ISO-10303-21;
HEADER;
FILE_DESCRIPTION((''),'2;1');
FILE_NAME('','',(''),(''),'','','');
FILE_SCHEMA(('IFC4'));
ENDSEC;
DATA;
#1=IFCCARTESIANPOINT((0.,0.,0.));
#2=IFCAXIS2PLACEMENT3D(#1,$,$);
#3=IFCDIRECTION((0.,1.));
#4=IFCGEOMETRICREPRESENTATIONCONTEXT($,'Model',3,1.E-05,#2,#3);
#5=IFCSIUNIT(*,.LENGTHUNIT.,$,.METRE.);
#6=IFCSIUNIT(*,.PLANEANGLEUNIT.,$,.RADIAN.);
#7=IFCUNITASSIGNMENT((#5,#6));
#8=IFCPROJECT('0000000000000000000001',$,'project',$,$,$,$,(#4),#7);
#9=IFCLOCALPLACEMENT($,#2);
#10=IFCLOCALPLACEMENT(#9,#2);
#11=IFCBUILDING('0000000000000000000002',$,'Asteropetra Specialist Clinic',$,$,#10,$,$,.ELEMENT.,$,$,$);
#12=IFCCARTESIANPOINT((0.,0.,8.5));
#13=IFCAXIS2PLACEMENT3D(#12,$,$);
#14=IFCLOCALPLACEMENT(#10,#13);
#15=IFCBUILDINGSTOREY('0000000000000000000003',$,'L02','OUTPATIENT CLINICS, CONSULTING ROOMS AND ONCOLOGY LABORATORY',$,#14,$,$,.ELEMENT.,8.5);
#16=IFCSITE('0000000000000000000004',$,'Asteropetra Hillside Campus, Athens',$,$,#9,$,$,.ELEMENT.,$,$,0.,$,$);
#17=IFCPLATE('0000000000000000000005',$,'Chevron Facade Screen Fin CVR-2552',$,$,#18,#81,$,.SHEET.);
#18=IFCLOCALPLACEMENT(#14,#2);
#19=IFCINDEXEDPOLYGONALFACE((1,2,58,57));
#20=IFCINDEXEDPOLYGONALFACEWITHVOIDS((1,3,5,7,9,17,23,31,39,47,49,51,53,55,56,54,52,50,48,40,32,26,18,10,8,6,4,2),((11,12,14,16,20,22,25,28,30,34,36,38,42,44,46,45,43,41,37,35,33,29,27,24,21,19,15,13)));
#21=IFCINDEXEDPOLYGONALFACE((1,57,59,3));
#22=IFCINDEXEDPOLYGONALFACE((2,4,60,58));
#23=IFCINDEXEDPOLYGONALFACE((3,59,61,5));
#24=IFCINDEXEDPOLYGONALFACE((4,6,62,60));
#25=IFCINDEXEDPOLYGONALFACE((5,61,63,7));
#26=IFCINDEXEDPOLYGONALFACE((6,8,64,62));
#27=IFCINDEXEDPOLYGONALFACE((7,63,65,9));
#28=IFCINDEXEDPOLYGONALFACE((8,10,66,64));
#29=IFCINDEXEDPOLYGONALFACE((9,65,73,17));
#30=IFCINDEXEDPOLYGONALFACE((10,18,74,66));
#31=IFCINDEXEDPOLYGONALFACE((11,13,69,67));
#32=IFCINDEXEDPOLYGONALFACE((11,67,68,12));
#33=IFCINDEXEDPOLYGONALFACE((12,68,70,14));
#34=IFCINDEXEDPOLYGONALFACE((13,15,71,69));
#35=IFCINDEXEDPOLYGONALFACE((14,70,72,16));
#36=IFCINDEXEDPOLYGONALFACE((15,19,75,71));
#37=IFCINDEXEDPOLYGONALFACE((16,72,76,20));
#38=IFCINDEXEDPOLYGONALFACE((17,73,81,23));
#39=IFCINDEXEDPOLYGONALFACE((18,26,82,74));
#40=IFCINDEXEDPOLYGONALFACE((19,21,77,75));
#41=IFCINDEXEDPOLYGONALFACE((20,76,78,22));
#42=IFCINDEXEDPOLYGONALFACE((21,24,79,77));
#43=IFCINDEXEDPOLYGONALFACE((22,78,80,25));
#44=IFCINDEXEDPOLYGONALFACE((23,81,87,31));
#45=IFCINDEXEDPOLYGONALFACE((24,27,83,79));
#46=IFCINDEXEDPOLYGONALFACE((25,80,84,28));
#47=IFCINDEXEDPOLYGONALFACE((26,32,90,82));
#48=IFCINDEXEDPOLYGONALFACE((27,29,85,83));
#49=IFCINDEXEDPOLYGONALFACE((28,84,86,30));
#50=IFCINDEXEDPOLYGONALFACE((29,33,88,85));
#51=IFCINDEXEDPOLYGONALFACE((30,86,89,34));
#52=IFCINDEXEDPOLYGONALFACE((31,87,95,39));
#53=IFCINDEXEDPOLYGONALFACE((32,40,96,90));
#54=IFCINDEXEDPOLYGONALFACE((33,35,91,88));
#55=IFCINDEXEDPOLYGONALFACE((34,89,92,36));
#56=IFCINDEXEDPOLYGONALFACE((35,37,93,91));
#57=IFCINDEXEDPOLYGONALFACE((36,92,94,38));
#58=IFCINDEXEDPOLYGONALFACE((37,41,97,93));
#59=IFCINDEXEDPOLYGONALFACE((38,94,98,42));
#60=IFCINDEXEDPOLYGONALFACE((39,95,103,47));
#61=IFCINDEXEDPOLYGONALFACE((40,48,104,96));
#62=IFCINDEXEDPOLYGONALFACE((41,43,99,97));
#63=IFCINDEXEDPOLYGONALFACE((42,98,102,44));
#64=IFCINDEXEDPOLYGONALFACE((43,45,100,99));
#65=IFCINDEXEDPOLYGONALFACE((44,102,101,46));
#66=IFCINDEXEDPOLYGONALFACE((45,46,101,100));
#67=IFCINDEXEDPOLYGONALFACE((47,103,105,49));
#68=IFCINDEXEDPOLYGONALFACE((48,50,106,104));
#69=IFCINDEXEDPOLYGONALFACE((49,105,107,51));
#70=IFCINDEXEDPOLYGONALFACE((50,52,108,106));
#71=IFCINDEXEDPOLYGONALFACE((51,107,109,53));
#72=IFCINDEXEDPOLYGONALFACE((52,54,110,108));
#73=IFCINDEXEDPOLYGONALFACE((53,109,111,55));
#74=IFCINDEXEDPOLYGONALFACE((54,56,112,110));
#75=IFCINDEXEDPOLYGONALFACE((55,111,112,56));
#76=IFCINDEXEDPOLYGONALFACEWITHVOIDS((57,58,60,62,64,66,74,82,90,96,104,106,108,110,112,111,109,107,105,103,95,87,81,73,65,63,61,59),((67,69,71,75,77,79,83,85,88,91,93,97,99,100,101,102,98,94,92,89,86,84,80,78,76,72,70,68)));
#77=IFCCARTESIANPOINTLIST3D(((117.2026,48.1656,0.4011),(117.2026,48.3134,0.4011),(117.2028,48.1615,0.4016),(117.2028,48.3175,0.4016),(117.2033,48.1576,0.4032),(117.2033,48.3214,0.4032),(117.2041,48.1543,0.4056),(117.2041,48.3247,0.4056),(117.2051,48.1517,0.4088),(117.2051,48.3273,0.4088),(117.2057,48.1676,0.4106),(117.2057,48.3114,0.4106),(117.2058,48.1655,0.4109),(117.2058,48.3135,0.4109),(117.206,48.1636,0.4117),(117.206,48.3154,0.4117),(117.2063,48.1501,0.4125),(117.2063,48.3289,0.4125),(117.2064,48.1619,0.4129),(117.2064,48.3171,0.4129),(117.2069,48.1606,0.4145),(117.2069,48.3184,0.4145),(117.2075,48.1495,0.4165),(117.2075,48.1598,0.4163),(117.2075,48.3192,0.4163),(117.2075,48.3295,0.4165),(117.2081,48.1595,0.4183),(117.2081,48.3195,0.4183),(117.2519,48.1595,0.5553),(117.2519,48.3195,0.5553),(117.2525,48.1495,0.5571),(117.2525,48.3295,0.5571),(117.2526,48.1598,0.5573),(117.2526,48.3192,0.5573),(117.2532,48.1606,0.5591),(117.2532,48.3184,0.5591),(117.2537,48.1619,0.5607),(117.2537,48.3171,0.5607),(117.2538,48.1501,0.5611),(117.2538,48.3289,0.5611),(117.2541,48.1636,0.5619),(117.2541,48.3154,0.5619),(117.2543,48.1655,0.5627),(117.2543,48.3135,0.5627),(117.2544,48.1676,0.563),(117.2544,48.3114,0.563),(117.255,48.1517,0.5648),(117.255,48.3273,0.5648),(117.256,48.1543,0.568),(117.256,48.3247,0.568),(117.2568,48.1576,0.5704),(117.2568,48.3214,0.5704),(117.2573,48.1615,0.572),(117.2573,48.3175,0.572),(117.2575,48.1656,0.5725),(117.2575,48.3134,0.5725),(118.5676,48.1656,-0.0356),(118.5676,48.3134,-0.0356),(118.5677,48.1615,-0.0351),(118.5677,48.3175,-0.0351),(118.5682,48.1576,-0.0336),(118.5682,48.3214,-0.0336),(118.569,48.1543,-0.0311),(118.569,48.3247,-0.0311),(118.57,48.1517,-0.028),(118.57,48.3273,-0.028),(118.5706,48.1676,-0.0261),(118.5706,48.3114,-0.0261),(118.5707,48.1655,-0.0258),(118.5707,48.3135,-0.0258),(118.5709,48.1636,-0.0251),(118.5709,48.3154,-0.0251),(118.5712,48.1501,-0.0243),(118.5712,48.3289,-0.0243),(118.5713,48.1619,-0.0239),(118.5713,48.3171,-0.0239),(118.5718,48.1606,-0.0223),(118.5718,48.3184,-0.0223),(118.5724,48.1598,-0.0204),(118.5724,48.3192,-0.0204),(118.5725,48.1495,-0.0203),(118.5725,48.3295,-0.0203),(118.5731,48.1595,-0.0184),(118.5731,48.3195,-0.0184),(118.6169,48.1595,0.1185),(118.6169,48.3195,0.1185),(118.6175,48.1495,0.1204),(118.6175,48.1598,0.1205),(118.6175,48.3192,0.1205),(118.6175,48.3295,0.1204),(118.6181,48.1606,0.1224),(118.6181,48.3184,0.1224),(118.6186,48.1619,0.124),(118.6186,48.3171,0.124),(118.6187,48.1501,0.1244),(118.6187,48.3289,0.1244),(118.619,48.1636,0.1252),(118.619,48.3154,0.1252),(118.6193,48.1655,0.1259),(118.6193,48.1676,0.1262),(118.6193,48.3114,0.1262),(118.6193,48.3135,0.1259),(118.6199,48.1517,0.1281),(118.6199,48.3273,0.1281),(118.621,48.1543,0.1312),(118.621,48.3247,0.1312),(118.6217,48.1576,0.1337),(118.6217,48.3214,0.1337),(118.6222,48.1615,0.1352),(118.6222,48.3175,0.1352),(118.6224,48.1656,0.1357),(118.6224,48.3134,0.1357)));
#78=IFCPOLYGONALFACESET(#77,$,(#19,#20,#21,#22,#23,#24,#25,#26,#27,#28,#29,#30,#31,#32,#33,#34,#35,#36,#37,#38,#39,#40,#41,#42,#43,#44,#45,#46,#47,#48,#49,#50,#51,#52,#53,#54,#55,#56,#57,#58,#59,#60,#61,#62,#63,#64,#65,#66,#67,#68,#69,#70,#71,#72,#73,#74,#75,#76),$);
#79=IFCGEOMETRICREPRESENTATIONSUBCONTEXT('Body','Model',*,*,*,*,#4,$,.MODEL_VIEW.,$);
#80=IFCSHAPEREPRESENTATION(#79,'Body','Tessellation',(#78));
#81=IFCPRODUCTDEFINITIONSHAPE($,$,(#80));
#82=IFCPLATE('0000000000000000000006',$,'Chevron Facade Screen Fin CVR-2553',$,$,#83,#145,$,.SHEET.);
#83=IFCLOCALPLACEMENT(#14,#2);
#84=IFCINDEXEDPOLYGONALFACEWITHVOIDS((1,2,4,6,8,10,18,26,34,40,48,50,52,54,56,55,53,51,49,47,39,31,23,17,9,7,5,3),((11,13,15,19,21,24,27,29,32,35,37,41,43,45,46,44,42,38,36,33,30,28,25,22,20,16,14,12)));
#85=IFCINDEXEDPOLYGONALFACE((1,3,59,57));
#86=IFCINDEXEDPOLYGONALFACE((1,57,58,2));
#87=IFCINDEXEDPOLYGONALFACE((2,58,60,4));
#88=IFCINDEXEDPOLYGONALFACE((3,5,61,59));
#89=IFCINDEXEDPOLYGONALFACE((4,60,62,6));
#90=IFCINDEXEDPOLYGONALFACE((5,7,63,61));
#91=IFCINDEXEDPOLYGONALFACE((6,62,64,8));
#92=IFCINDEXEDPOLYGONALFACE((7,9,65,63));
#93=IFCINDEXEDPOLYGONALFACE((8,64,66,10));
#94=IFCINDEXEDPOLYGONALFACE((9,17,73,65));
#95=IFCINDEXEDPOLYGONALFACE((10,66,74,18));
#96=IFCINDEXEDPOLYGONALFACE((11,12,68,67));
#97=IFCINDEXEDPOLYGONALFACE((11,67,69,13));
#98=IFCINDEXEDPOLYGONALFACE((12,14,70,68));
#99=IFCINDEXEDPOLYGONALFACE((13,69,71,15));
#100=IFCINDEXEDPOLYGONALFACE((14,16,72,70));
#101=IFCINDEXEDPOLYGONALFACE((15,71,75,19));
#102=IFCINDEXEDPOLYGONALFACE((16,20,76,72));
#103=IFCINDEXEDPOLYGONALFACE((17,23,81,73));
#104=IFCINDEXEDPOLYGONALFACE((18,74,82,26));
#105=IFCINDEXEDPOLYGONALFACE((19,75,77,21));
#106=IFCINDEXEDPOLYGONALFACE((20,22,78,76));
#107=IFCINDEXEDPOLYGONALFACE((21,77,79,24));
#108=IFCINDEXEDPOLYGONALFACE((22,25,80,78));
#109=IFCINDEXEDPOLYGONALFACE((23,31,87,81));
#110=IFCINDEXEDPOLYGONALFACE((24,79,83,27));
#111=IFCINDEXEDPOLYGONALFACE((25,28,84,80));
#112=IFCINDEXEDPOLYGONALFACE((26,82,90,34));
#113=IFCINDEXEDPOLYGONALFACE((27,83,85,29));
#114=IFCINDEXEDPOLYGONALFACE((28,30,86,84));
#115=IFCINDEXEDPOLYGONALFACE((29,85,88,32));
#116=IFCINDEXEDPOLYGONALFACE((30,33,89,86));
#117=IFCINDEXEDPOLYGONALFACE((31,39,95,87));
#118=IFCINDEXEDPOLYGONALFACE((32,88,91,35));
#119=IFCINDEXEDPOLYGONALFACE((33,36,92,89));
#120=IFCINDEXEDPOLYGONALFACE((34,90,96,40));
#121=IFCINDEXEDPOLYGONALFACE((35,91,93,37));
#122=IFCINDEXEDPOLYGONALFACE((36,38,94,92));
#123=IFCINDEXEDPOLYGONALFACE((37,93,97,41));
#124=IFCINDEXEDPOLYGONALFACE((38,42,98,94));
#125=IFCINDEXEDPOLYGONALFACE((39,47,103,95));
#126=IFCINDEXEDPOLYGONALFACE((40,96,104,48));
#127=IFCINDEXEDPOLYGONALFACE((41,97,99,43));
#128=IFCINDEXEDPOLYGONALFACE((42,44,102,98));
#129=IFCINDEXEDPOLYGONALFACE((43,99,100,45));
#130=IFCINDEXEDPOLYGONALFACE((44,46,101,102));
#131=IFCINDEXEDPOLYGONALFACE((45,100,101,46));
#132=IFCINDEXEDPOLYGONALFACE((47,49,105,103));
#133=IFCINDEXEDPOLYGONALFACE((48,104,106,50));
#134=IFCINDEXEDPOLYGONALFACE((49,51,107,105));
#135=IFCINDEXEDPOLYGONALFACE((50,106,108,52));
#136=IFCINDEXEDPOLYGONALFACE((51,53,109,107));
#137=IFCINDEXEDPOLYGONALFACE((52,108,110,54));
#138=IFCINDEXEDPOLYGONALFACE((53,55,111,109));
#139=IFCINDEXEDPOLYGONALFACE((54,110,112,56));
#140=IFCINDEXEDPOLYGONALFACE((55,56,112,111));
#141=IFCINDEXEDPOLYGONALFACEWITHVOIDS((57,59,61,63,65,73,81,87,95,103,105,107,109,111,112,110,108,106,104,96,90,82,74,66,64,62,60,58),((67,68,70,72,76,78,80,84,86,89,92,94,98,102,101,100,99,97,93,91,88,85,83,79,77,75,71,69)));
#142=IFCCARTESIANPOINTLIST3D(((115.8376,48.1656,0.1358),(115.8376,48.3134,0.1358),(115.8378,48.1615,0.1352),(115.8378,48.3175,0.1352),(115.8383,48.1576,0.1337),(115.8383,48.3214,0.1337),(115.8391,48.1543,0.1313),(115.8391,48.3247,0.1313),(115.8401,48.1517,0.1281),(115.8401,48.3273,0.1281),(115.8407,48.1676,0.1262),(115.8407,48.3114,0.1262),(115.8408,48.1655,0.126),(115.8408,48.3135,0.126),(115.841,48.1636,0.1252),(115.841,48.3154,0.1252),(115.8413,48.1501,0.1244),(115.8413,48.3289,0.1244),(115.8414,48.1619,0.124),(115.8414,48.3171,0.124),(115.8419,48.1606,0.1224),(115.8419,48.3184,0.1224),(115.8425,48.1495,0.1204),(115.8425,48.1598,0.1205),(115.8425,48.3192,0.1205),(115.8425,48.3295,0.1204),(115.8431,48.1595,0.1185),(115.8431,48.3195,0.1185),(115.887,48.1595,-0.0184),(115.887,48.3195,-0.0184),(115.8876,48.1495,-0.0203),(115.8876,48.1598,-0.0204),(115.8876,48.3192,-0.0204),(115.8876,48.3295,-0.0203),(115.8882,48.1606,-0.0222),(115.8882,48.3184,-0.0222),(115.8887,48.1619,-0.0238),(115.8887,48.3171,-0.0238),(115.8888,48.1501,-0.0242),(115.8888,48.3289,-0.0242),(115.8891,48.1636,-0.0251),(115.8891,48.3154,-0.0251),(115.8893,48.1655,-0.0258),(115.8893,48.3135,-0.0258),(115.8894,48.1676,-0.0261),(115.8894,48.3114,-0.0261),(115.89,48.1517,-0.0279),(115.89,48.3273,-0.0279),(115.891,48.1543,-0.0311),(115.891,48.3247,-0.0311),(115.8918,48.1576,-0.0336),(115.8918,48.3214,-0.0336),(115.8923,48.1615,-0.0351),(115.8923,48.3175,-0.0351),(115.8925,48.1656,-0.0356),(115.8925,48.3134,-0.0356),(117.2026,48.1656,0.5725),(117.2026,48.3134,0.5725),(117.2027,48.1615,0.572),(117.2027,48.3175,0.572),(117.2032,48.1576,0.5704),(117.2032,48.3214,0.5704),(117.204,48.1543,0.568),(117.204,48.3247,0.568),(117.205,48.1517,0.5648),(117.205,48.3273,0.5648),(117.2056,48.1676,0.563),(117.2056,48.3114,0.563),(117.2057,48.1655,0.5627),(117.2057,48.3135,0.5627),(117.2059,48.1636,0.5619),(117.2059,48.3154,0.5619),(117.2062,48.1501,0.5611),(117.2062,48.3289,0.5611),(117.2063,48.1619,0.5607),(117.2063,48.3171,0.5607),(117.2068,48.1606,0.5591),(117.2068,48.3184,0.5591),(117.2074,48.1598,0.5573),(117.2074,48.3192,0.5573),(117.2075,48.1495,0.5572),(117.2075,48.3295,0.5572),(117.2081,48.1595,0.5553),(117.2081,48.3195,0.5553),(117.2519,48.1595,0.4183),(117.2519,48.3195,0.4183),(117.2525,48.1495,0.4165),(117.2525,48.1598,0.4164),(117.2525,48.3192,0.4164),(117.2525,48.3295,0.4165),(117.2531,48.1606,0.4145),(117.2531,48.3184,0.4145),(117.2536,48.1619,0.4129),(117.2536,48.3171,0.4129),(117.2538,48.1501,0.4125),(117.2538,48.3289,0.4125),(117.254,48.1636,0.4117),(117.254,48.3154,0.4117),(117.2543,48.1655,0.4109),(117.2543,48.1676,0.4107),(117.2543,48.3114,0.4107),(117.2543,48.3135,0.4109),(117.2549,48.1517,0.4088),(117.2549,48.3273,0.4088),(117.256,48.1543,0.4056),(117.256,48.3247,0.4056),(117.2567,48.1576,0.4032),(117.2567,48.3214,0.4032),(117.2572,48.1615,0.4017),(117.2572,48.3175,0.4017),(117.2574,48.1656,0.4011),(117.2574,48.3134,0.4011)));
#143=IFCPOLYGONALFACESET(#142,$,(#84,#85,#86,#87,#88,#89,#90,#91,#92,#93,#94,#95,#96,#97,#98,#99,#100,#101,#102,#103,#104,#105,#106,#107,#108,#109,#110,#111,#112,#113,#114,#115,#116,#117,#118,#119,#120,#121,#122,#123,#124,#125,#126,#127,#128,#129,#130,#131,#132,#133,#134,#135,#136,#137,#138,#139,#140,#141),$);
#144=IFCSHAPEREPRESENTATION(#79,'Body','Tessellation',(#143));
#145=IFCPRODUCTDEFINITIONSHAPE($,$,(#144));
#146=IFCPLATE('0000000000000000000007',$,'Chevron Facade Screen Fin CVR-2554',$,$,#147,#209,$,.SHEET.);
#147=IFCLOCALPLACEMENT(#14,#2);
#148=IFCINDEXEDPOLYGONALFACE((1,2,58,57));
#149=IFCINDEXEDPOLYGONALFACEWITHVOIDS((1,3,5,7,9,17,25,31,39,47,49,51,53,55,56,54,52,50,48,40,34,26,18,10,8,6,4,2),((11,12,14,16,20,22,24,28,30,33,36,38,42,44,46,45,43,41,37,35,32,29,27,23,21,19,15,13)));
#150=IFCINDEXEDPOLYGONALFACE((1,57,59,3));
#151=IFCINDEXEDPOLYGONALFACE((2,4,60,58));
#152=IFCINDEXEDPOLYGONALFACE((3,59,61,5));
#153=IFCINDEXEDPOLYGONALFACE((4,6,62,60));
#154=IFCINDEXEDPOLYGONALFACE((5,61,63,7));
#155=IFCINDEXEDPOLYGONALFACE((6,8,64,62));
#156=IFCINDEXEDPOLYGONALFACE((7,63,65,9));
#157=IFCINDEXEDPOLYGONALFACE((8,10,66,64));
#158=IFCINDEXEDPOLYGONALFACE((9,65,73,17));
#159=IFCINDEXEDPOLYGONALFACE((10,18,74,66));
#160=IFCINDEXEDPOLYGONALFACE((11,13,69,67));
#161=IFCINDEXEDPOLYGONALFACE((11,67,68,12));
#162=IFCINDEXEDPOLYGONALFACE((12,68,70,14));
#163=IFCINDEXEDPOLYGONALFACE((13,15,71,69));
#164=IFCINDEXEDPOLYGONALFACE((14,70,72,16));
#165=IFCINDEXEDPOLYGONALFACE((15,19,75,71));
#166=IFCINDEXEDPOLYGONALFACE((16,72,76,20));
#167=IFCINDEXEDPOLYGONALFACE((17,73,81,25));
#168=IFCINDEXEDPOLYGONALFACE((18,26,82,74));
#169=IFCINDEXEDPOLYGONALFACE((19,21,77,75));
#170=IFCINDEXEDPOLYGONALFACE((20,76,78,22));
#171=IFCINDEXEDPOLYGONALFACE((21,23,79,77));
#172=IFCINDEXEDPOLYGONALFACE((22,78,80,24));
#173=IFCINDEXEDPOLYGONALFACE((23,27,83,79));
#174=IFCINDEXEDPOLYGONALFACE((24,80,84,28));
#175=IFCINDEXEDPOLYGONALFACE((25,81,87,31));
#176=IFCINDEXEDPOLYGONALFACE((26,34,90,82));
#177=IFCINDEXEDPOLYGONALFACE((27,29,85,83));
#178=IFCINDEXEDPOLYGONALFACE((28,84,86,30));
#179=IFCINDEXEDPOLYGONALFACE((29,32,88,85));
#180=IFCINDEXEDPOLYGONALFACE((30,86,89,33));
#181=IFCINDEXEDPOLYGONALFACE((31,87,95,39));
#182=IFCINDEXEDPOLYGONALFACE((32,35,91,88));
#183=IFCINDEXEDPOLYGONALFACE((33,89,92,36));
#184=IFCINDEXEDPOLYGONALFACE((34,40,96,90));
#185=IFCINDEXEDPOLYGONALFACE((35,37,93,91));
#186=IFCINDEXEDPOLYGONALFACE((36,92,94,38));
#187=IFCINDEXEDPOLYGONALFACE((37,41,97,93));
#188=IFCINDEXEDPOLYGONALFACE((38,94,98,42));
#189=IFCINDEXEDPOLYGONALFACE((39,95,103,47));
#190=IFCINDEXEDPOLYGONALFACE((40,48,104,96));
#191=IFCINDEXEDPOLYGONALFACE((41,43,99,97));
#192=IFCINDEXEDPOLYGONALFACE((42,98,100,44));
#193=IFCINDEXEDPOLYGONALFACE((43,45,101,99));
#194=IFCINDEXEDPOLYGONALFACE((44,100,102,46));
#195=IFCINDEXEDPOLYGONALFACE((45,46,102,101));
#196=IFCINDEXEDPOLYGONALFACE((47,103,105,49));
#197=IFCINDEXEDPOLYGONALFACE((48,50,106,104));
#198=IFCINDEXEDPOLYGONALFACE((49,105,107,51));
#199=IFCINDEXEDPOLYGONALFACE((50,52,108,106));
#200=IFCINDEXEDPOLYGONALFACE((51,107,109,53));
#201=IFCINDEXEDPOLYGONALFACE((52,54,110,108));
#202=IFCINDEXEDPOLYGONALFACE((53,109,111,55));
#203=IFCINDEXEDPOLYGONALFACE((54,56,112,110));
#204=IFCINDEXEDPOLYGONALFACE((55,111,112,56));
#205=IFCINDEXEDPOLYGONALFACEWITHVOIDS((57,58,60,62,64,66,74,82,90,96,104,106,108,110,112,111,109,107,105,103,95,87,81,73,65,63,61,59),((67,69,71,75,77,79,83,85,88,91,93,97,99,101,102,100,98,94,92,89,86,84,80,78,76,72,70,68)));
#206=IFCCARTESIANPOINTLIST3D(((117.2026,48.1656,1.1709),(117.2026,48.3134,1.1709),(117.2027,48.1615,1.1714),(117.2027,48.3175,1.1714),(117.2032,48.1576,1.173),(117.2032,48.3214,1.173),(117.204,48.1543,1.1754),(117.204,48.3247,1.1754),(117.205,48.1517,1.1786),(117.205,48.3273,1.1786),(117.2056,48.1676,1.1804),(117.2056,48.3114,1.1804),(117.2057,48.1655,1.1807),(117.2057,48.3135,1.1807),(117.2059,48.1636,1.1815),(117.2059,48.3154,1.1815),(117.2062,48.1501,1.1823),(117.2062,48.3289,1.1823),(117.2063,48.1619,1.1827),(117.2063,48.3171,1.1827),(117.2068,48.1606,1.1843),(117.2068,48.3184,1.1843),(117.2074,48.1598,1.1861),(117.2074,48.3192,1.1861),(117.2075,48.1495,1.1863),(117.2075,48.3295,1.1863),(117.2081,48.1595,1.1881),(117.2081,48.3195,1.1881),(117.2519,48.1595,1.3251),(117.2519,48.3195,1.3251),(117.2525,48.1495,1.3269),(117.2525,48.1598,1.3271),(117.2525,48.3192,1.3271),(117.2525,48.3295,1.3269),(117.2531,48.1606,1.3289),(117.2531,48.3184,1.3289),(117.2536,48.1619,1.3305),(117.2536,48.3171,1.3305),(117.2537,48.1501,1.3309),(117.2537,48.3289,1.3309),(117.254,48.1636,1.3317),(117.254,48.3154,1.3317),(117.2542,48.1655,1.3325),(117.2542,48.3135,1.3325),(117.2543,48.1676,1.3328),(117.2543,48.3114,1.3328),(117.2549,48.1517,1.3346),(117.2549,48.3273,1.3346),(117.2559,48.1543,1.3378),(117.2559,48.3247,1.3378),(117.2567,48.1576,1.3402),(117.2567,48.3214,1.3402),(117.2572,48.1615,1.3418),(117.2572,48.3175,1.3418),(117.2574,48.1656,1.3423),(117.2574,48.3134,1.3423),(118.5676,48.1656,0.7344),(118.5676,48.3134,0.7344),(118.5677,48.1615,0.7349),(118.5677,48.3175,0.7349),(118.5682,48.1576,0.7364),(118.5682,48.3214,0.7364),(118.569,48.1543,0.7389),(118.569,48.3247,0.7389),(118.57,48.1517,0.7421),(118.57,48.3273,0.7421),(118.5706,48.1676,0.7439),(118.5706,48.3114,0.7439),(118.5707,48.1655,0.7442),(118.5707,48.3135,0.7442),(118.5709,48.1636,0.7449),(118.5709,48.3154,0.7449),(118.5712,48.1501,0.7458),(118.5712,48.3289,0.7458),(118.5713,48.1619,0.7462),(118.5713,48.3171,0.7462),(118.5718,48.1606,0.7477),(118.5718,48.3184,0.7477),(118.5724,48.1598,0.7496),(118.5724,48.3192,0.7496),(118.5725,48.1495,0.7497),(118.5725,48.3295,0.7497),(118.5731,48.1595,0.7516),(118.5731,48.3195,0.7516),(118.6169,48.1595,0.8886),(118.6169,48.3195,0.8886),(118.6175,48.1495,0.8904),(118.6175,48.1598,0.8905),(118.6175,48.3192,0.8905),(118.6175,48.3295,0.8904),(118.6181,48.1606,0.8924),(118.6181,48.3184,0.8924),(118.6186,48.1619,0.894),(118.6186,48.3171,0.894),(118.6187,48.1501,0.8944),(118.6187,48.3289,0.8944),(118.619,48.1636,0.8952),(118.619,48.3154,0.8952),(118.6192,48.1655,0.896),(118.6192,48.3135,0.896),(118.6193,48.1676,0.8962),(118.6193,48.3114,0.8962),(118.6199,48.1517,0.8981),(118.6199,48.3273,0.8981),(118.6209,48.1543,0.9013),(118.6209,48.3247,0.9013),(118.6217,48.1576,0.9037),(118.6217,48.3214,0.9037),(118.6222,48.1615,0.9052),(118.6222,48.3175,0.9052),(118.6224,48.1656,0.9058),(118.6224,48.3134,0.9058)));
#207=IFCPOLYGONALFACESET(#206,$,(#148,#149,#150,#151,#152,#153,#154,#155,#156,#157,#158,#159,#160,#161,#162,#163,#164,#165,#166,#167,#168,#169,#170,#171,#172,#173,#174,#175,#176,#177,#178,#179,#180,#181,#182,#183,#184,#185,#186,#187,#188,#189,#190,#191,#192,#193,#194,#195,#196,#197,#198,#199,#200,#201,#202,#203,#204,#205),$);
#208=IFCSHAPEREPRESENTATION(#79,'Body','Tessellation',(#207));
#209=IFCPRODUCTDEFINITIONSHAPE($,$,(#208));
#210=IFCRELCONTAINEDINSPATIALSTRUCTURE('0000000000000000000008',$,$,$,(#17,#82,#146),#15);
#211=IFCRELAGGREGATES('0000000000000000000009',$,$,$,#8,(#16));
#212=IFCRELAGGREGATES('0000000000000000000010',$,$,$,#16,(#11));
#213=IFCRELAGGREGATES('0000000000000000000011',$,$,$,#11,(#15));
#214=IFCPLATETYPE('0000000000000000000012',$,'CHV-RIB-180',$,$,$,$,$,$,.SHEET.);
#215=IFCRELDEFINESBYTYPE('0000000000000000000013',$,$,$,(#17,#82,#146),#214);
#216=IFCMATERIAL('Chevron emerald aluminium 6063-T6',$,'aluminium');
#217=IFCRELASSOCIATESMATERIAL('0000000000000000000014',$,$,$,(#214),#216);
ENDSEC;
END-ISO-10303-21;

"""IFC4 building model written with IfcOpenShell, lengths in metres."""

from ifc_helpers import new_model, si_unit, direction, frame, origin, origin_2d, place, context, subcontext, project, spatial, hollow_rectangle, extrude, material, material_profile, profile_set, type_object, element, save


model = new_model("IFC4")

# Units and contexts
model_context = context("Model", 3, precision=1e-05, world=origin(), true_north=direction((0.0, 1.0)))
body_context = subcontext(model_context, "Body", "Model", "MODEL_VIEW")
ifc_project = project(units=[si_unit("LENGTHUNIT", "METRE"), si_unit("PLANEANGLEUNIT", "RADIAN")], contexts=[model_context])

# Site, building, storey
site_placement = place(None, origin())
site = spatial("IfcSite", under=ifc_project, at=site_placement, Name="Asteropetra Hillside Campus, Athens", CompositionType="ELEMENT", RefElevation=0.0)
building_placement = place(site_placement, origin())
building = spatial("IfcBuilding", under=site, at=building_placement, Name="Asteropetra Specialist Clinic", CompositionType="ELEMENT")
storey_placement = place(building_placement, frame((0.0, 0.0, 8.5)))
storey = spatial("IfcBuildingStorey", under=building, at=storey_placement, Name="L02", Description="OUTPATIENT CLINICS, CONSULTING ROOMS AND ONCOLOGY LABORATORY", CompositionType="ELEMENT", Elevation=8.5)

# Plates
ifc_material_1 = material(Name="Chevron emerald aluminium 6063-T6", Category="aluminium")
ifc_material_profile_1 = material_profile(ifc_material_1, hollow_rectangle(XDim=0.1799, YDim=0.1799, WallThickness=0.01, InnerFilletRadius=0.0081, OuterFilletRadius=0.0161, at=origin_2d()), Name="SHS 180x180x10.0")
ifc_profile_set_1 = profile_set([ifc_material_profile_1], Name="Chevron emerald aluminium 6063-T6")
plate_type = type_object("IfcPlateType", Name="CHV-RIB-180", PredefinedType="SHEET", material=ifc_profile_set_1)
for number, where, z_axis, x_axis, name in (
    (1, (118.595, 48.2395, 0.05), (-0.95243, 0.0, 0.304757), (0.0, -1.0, 0.0), "Chevron Facade Screen Fin CVR-2552"),
    (2, (117.23, 48.2395, 0.4868), (-0.95243, 0.0, -0.304757), (0.0, -1.0, 0.0), "Chevron Facade Screen Fin CVR-2553"),
    (3, (118.595, 48.2395, 0.8201), (-0.95248, 0.0, 0.304603), (0.0, -1.0, 0.0), "Chevron Facade Screen Fin CVR-2554"),
):
    element("IfcPlate", number, at=place(storey_placement, frame(where, z_axis=z_axis, x_axis=x_axis)), inside=storey, type_object=plate_type, Name=name, PredefinedType="SHEET", context=body_context, shape_type="SweptSolid", body=[
        extrude(hollow_rectangle(XDim=0.1799, YDim=0.1799, WallThickness=0.01, InnerFilletRadius=0.0081, OuterFilletRadius=0.0161, at=origin_2d()), origin(), (0.0, 0.0, 1.0), 1.4331),
    ])

save(model, "model.ifc")
